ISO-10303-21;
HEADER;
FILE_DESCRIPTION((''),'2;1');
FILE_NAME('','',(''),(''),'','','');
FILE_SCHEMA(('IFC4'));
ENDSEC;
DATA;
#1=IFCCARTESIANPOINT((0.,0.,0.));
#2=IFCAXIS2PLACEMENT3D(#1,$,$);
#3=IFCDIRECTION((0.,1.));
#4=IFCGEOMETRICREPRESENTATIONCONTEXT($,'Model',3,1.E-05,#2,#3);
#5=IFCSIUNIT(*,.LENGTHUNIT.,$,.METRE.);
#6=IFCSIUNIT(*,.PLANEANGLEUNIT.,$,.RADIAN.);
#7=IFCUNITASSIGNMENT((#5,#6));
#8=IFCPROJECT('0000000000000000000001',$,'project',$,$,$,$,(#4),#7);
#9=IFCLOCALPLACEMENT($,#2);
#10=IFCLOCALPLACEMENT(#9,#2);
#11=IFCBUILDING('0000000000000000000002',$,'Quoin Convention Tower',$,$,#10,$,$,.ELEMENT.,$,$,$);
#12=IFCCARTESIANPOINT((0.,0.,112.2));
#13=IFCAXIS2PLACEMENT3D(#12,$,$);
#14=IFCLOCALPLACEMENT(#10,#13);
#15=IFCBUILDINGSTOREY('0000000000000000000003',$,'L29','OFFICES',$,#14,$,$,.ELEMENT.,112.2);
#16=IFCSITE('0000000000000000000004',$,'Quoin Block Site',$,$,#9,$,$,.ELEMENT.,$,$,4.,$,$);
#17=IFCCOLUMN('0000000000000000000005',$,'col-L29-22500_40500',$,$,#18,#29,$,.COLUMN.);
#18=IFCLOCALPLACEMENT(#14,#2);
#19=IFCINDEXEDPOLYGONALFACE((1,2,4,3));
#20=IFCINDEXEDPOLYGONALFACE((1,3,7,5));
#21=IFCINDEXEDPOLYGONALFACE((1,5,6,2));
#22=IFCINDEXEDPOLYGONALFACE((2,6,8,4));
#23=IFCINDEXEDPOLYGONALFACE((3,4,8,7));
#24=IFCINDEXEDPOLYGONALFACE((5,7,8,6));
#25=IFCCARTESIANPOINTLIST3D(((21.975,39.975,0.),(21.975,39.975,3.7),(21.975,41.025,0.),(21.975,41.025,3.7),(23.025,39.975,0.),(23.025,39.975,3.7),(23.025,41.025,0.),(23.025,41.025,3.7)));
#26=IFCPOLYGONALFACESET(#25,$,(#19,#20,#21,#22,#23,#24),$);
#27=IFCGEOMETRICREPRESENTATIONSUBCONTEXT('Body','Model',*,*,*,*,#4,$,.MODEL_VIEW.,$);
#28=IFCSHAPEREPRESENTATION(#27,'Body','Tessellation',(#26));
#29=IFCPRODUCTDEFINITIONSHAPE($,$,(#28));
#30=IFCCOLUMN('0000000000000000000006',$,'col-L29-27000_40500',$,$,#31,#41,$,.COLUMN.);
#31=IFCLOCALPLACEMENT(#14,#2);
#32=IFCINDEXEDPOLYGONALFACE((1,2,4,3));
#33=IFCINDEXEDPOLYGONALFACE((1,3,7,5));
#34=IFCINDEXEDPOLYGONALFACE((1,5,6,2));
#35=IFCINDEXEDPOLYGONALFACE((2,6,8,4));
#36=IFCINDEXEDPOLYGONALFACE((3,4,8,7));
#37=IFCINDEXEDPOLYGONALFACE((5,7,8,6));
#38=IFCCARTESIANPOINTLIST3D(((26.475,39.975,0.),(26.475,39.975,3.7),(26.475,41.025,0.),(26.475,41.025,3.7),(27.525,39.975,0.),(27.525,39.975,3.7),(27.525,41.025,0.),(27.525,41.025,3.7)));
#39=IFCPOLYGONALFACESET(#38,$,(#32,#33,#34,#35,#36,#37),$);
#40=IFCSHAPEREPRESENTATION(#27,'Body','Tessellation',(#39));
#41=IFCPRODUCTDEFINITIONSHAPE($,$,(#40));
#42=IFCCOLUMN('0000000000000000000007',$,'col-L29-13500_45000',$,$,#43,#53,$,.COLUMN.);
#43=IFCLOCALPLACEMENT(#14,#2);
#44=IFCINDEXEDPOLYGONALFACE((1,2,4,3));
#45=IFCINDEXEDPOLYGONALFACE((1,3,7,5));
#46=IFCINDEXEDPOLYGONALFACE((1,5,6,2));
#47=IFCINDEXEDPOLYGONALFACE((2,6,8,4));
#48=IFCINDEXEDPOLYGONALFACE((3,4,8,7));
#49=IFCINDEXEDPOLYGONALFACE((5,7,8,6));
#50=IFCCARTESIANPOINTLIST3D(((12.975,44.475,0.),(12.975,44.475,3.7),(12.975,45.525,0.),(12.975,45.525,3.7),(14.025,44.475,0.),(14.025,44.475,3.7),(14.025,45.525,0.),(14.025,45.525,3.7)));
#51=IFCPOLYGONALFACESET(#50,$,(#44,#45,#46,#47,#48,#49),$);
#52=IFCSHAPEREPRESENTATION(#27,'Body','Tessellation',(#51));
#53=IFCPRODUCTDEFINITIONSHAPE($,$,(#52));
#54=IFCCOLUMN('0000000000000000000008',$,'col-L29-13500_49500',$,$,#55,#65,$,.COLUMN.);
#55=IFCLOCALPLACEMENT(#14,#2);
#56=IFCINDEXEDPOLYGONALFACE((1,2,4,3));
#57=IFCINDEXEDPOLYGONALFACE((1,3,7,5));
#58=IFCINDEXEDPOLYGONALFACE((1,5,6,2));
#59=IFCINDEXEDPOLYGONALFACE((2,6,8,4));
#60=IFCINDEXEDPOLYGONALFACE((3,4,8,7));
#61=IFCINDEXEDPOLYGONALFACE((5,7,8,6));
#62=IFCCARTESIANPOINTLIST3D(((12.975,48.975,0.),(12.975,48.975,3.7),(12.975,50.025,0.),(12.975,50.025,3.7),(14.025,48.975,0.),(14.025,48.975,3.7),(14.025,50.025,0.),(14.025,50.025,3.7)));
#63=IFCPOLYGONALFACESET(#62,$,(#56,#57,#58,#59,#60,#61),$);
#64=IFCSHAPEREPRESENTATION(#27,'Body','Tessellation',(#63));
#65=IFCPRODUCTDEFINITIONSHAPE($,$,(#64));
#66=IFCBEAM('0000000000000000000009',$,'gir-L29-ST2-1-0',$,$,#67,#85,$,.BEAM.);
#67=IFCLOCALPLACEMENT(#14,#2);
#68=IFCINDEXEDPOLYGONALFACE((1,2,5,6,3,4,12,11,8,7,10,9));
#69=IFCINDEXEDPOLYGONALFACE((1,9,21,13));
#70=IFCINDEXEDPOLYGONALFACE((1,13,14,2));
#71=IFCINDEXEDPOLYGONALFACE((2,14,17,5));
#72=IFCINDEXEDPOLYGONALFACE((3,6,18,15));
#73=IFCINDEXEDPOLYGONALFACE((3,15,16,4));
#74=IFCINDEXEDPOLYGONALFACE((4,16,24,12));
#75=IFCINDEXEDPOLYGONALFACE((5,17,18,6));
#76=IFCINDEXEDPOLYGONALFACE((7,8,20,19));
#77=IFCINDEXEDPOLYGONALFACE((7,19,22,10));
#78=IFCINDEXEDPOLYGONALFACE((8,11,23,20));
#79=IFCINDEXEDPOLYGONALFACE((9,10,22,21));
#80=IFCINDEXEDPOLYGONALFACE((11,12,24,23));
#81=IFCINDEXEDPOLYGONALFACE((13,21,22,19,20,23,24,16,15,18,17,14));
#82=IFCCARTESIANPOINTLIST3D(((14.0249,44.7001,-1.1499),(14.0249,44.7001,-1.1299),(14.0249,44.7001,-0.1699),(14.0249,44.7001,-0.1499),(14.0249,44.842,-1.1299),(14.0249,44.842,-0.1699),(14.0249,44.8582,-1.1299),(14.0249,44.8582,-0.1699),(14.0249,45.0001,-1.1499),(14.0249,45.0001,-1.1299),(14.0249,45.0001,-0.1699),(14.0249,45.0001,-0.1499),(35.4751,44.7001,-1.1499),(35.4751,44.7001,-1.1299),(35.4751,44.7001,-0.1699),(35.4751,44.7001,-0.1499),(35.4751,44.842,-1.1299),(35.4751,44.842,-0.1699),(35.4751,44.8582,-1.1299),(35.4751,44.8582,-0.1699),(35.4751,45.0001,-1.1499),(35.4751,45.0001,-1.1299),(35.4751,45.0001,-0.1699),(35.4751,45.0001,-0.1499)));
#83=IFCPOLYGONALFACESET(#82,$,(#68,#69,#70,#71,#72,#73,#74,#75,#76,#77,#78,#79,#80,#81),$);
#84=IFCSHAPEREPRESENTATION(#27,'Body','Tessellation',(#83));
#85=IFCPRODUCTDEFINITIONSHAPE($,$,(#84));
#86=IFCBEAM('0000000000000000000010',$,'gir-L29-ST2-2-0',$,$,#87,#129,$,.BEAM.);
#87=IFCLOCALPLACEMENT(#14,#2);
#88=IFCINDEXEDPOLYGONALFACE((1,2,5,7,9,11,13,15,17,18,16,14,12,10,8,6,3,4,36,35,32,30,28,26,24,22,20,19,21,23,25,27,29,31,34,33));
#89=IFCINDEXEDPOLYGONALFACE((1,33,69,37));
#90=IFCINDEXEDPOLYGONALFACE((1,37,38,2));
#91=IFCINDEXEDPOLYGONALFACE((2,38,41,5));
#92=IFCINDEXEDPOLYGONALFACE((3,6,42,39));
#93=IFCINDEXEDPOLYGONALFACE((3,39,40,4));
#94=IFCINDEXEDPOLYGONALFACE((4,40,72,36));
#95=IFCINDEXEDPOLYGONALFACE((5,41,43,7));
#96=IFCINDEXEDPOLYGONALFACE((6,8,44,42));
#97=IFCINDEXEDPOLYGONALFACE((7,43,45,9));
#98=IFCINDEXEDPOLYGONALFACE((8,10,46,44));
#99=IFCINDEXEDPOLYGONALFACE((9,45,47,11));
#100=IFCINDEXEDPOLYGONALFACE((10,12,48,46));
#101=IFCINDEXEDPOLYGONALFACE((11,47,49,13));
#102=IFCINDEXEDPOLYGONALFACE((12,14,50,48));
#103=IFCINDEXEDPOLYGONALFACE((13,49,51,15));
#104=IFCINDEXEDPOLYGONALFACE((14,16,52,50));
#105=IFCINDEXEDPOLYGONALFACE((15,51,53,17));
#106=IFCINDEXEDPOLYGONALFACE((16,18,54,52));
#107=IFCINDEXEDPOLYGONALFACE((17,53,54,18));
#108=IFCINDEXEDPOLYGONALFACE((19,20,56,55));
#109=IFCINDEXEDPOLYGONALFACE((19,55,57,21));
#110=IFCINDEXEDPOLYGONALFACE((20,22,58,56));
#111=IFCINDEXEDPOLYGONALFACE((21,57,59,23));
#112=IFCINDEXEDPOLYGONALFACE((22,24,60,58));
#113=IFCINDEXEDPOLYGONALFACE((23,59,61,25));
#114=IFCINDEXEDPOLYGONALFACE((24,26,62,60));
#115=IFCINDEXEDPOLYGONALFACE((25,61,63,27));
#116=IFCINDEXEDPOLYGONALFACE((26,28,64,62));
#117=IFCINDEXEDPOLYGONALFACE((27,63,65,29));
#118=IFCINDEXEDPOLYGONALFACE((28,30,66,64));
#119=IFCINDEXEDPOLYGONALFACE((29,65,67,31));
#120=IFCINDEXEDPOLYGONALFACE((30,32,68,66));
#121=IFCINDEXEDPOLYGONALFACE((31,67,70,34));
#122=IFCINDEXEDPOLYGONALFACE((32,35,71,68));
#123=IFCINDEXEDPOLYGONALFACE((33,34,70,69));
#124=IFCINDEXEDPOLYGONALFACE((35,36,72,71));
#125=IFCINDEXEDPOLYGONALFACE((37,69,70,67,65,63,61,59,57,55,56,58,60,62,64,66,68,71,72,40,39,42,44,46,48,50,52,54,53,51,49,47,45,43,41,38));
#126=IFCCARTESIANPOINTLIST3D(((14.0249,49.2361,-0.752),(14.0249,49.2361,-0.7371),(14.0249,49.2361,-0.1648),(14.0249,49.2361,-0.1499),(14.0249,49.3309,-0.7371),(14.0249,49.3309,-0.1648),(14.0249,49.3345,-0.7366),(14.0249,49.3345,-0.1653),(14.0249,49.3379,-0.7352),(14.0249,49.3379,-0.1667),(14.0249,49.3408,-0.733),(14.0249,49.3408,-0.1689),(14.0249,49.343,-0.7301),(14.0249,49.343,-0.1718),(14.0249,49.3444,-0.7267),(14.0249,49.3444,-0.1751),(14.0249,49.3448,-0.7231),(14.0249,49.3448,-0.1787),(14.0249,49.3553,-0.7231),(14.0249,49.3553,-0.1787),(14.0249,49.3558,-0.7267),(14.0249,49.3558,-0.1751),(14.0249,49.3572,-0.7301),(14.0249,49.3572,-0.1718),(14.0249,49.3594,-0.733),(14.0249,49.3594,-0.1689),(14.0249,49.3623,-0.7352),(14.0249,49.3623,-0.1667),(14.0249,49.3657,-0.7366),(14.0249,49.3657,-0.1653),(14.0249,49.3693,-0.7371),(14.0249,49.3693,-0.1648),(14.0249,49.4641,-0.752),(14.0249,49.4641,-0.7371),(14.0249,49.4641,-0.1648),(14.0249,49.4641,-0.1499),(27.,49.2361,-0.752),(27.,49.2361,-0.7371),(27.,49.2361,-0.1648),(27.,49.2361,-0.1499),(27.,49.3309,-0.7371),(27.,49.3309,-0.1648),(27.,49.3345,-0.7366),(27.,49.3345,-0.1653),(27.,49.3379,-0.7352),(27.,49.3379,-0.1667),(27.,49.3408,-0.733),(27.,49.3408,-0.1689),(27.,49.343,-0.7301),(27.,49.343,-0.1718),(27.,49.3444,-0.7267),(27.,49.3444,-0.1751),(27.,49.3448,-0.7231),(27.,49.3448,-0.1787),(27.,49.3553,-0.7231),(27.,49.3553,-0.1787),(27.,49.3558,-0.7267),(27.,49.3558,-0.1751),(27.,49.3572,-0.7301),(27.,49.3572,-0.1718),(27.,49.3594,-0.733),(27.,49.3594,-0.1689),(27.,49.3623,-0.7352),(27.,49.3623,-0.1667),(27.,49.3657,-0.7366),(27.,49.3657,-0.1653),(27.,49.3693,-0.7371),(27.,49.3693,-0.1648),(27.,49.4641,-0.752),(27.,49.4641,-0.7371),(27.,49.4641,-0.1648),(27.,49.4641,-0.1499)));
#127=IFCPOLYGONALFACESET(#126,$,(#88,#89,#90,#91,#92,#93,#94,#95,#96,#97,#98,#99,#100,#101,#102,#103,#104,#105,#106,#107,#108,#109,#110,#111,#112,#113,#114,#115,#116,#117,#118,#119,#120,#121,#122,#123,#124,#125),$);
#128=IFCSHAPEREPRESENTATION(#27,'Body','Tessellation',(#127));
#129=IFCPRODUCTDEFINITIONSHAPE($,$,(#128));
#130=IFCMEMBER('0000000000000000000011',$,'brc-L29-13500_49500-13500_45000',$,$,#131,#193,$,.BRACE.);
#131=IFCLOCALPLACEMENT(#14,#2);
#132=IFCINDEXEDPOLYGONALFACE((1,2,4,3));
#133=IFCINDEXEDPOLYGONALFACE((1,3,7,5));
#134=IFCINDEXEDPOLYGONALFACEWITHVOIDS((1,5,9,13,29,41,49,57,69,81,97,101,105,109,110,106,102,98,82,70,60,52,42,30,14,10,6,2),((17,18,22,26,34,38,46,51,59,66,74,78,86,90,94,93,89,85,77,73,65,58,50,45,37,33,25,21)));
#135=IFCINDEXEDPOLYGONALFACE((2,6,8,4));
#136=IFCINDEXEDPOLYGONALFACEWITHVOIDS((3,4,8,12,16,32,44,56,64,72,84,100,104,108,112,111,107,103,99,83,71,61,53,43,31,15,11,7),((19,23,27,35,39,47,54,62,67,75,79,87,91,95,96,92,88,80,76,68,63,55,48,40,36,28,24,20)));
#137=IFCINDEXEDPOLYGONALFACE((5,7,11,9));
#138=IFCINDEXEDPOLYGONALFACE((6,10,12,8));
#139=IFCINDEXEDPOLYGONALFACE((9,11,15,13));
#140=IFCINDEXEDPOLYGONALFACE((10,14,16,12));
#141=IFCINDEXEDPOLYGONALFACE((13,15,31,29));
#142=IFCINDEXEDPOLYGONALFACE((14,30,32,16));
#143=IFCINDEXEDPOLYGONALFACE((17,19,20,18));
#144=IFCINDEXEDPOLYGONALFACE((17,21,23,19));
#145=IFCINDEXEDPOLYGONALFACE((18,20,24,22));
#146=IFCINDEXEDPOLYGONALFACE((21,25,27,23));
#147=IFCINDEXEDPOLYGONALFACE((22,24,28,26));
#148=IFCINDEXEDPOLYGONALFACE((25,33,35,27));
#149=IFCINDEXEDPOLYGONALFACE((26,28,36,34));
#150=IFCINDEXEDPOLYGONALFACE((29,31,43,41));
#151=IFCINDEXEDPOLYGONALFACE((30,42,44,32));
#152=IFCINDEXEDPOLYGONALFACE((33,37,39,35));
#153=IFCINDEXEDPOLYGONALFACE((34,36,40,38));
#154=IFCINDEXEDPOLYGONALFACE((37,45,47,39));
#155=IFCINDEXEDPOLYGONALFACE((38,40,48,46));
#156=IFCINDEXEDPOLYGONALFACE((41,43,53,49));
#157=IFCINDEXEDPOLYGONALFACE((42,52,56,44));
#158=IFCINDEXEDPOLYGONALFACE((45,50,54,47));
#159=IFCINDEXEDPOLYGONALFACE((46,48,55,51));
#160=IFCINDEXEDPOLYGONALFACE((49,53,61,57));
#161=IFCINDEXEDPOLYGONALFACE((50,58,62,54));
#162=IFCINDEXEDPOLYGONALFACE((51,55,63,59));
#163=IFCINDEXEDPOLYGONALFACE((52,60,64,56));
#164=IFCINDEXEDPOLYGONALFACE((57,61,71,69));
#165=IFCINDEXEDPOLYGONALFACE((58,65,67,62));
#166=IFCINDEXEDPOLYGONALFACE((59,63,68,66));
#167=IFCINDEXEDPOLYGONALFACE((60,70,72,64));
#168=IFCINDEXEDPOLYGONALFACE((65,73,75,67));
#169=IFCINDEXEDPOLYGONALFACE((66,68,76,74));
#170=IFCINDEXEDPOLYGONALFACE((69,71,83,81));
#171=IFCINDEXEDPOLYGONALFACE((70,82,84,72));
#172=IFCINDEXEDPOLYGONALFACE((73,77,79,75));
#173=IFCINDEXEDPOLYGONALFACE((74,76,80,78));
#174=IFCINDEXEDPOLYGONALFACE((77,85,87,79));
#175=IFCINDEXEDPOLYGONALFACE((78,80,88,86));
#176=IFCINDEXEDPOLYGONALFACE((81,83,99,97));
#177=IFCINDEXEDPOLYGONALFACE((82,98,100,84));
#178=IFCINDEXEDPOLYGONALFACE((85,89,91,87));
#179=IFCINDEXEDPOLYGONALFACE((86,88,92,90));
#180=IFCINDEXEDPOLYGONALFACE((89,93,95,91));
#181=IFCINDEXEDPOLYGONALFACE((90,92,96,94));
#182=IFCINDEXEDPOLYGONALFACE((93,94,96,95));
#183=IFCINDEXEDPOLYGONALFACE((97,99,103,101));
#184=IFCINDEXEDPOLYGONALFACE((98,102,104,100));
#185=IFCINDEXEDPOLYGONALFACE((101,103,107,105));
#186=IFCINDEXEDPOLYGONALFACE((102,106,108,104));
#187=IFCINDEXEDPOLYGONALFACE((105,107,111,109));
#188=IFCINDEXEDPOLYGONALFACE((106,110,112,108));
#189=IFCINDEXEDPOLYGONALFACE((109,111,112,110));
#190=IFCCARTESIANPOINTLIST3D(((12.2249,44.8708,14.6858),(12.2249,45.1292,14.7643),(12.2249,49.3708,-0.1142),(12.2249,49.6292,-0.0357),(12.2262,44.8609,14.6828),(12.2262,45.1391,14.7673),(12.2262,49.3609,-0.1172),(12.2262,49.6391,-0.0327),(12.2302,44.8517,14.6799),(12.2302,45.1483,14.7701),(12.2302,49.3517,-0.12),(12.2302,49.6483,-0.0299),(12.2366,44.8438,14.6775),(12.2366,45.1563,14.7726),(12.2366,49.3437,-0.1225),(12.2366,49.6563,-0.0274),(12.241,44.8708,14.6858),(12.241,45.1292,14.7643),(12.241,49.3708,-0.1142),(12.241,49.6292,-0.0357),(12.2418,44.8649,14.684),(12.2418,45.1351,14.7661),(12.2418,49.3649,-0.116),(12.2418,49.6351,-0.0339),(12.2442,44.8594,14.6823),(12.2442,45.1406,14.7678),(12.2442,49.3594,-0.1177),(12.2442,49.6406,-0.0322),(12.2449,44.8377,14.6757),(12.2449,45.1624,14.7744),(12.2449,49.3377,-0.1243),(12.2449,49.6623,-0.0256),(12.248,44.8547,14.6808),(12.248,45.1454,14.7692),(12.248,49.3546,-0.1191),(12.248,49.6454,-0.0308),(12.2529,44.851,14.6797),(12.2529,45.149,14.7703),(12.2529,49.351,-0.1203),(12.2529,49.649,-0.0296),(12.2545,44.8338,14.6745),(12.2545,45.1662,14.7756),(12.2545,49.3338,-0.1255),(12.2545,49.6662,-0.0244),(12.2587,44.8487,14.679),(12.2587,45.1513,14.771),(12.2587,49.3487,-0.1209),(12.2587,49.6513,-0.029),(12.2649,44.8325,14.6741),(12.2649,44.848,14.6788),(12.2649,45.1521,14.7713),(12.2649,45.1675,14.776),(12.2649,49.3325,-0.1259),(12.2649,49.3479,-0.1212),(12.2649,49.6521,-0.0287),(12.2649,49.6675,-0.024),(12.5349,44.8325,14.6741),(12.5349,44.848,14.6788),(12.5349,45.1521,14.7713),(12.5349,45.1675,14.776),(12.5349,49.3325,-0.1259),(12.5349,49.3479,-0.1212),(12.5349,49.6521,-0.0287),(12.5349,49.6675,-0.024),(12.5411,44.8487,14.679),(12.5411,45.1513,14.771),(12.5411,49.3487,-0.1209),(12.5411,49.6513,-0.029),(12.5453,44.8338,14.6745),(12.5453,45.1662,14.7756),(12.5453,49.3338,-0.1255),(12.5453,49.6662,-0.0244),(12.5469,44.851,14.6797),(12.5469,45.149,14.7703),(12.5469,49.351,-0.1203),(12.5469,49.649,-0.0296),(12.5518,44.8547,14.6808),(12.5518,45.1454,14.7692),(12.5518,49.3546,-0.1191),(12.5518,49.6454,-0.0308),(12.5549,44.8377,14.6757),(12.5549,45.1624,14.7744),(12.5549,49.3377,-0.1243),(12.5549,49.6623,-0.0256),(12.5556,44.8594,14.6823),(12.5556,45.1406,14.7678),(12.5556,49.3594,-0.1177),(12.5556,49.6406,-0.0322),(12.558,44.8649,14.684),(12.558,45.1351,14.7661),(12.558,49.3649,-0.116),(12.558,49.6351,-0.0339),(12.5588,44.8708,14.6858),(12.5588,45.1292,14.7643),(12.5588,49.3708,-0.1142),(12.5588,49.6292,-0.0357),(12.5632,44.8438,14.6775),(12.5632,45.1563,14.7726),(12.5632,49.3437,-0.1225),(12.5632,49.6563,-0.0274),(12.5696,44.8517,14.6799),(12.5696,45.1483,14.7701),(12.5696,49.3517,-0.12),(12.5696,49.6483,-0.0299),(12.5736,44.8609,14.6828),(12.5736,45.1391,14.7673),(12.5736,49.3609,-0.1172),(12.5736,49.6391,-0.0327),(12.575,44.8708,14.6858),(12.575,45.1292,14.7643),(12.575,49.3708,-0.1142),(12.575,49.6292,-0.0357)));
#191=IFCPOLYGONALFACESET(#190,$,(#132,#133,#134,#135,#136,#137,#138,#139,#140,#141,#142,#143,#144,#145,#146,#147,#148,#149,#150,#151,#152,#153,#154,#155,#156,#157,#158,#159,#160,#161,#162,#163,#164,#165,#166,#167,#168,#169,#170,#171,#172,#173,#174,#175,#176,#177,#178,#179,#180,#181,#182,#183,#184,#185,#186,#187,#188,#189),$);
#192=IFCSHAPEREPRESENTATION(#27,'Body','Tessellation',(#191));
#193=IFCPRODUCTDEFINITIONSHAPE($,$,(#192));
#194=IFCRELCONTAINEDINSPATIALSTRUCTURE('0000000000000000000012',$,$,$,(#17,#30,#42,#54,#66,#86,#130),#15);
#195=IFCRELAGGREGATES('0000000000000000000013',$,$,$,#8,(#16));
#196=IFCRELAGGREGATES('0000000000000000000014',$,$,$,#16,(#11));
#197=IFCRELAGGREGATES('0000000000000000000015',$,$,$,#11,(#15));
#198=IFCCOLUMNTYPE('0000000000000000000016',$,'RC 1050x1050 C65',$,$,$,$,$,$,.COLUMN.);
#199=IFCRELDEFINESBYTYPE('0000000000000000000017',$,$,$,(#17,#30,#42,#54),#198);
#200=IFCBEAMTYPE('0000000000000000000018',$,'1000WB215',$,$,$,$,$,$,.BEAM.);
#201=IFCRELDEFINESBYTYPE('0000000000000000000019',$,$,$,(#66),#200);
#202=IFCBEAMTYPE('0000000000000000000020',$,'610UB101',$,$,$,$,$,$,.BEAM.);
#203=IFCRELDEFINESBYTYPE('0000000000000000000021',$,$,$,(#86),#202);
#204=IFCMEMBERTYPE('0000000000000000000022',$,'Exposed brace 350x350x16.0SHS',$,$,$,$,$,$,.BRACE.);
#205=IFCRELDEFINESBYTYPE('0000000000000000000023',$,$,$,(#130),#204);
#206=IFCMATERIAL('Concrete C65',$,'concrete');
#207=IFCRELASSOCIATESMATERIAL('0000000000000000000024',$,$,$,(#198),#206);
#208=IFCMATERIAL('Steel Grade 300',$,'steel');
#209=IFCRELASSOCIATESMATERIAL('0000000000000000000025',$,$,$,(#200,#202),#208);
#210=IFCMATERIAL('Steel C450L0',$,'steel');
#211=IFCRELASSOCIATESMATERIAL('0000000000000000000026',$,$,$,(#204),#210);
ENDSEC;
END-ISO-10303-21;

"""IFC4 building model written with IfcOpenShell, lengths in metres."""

from ifc_helpers import new_model, si_unit, direction, frame, origin, origin_2d, place, context, subcontext, project, spatial, rectangle, hollow_rectangle, i_section, extrude, material, material_profile, profile_set, type_object, element, save


model = new_model("IFC4")

# Units and contexts
model_context = context("Model", 3, precision=1e-05, world=origin(), true_north=direction((0.0, 1.0)))
body_context = subcontext(model_context, "Body", "Model", "MODEL_VIEW")
ifc_project = project(units=[si_unit("LENGTHUNIT", "METRE"), si_unit("PLANEANGLEUNIT", "RADIAN")], contexts=[model_context])

# Site, building, storey
site_placement = place(None, origin())
site = spatial("IfcSite", under=ifc_project, at=site_placement, Name="Quoin Block Site", CompositionType="ELEMENT", RefElevation=4.0)
building_placement = place(site_placement, origin())
building = spatial("IfcBuilding", under=site, at=building_placement, Name="Quoin Convention Tower", CompositionType="ELEMENT")
storey_placement = place(building_placement, frame((0.0, 0.0, 112.2)))
storey = spatial("IfcBuildingStorey", under=building, at=storey_placement, Name="L29", Description="OFFICES", CompositionType="ELEMENT", Elevation=112.2)

# Columns
ifc_material_1 = material(Name="Concrete C65", Category="concrete")
ifc_material_profile_1 = material_profile(ifc_material_1, rectangle(XDim=1.05, YDim=1.05, at=origin_2d()), Name="RC 1050x1050")
ifc_profile_set_1 = profile_set([ifc_material_profile_1], Name="Concrete C65")
column_type = type_object("IfcColumnType", Name="RC 1050x1050 C65", PredefinedType="COLUMN", material=ifc_profile_set_1)
for number, where, z_axis, x_axis, name in (
    (1, (22.5, 40.5, 0.0), (0.0, 0.0, 1.0), (1.0, 0.0, 0.0), "col-L29-22500_40500"),
    (2, (27.0, 40.5, 0.0), (0.0, 0.0, 1.0), (1.0, 0.0, 0.0), "col-L29-27000_40500"),
    (3, (13.5, 45.0, 0.0), (0.0, 0.0, 1.0), (1.0, 0.0, 0.0), "col-L29-13500_45000"),
    (4, (13.5, 49.5, 0.0), (0.0, 0.0, 1.0), (1.0, 0.0, 0.0), "col-L29-13500_49500"),
):
    element("IfcColumn", number, at=place(storey_placement, frame(where, z_axis=z_axis, x_axis=x_axis)), inside=storey, type_object=column_type, Name=name, PredefinedType="COLUMN", context=body_context, shape_type="SweptSolid", body=[
        extrude(rectangle(XDim=1.05, YDim=1.05, at=origin_2d()), origin(), (0.0, 0.0, 1.0), 3.7),
    ])

# Beams
ifc_material_2 = material(Name="Steel Grade 300", Category="steel")
ifc_material_profile_2 = material_profile(ifc_material_2, i_section(OverallWidth=0.3, OverallDepth=1.0, WebThickness=0.0161, FlangeThickness=0.02, at=origin_2d()), Name="1000WB215")
ifc_profile_set_2 = profile_set([ifc_material_profile_2], Name="Steel Grade 300")
beam_type_1 = type_object("IfcBeamType", Name="1000WB215", PredefinedType="BEAM", material=ifc_profile_set_2)
beam_1_placement = place(storey_placement, frame((14.0249, 44.8501, -0.6499), z_axis=(1.0, 0.0, 0.0), x_axis=(0.0, 1.0, 0.0)))
element("IfcBeam", 5, at=beam_1_placement, inside=storey, type_object=beam_type_1, Name="gir-L29-ST2-1-0", PredefinedType="BEAM", context=body_context, shape_type="SweptSolid", body=[
    extrude(i_section(OverallWidth=0.3, OverallDepth=1.0, WebThickness=0.0161, FlangeThickness=0.02, at=origin_2d()), origin(), (0.0, 0.0, 1.0), 21.4502),
])
ifc_material_profile_3 = material_profile(ifc_material_2, i_section(OverallWidth=0.228, OverallDepth=0.6021, WebThickness=0.0105, FlangeThickness=0.0149, FilletRadius=0.0139, at=origin_2d()), Name="610UB101")
ifc_profile_set_3 = profile_set([ifc_material_profile_3], Name="Steel Grade 300")
beam_type_2 = type_object("IfcBeamType", Name="610UB101", PredefinedType="BEAM", material=ifc_profile_set_3)
beam_2_placement = place(storey_placement, frame((14.0249, 49.3501, -0.4509), z_axis=(1.0, 0.0, 0.0), x_axis=(0.0, 1.0, 0.0)))
element("IfcBeam", 6, at=beam_2_placement, inside=storey, type_object=beam_type_2, Name="gir-L29-ST2-2-0", PredefinedType="BEAM", context=body_context, shape_type="SweptSolid", body=[
    extrude(i_section(OverallWidth=0.228, OverallDepth=0.6021, WebThickness=0.0105, FlangeThickness=0.0149, FilletRadius=0.0139, at=origin_2d()), origin(), (0.0, 0.0, 1.0), 12.9751),
])

# Member
ifc_material_3 = material(Name="Steel C450L0", Category="steel")
ifc_material_profile_4 = material_profile(ifc_material_3, hollow_rectangle(XDim=0.3501, YDim=0.3501, WallThickness=0.0161, InnerFilletRadius=0.0239, OuterFilletRadius=0.04, at=origin_2d()), Name="350x350x16.0SHS")
ifc_profile_set_4 = profile_set([ifc_material_profile_4], Name="Steel C450L0")
member_type = type_object("IfcMemberType", Name="Exposed brace 350x350x16.0SHS", PredefinedType="BRACE", material=ifc_profile_set_4)
member_placement = place(storey_placement, frame((12.3999, 49.5, -0.075), z_axis=(0.0, -0.290903, 0.956752), x_axis=(1.0, 0.0, 0.0)))
element("IfcMember", 7, at=member_placement, inside=storey, type_object=member_type, Name="brc-L29-13500_49500-13500_45000", PredefinedType="BRACE", context=body_context, shape_type="SweptSolid", body=[
    extrude(hollow_rectangle(XDim=0.3501, YDim=0.3501, WallThickness=0.0161, InnerFilletRadius=0.0239, OuterFilletRadius=0.04, at=origin_2d()), origin(), (0.0, 0.0, 1.0), 15.469),
])

save(model, "model.ifc")
